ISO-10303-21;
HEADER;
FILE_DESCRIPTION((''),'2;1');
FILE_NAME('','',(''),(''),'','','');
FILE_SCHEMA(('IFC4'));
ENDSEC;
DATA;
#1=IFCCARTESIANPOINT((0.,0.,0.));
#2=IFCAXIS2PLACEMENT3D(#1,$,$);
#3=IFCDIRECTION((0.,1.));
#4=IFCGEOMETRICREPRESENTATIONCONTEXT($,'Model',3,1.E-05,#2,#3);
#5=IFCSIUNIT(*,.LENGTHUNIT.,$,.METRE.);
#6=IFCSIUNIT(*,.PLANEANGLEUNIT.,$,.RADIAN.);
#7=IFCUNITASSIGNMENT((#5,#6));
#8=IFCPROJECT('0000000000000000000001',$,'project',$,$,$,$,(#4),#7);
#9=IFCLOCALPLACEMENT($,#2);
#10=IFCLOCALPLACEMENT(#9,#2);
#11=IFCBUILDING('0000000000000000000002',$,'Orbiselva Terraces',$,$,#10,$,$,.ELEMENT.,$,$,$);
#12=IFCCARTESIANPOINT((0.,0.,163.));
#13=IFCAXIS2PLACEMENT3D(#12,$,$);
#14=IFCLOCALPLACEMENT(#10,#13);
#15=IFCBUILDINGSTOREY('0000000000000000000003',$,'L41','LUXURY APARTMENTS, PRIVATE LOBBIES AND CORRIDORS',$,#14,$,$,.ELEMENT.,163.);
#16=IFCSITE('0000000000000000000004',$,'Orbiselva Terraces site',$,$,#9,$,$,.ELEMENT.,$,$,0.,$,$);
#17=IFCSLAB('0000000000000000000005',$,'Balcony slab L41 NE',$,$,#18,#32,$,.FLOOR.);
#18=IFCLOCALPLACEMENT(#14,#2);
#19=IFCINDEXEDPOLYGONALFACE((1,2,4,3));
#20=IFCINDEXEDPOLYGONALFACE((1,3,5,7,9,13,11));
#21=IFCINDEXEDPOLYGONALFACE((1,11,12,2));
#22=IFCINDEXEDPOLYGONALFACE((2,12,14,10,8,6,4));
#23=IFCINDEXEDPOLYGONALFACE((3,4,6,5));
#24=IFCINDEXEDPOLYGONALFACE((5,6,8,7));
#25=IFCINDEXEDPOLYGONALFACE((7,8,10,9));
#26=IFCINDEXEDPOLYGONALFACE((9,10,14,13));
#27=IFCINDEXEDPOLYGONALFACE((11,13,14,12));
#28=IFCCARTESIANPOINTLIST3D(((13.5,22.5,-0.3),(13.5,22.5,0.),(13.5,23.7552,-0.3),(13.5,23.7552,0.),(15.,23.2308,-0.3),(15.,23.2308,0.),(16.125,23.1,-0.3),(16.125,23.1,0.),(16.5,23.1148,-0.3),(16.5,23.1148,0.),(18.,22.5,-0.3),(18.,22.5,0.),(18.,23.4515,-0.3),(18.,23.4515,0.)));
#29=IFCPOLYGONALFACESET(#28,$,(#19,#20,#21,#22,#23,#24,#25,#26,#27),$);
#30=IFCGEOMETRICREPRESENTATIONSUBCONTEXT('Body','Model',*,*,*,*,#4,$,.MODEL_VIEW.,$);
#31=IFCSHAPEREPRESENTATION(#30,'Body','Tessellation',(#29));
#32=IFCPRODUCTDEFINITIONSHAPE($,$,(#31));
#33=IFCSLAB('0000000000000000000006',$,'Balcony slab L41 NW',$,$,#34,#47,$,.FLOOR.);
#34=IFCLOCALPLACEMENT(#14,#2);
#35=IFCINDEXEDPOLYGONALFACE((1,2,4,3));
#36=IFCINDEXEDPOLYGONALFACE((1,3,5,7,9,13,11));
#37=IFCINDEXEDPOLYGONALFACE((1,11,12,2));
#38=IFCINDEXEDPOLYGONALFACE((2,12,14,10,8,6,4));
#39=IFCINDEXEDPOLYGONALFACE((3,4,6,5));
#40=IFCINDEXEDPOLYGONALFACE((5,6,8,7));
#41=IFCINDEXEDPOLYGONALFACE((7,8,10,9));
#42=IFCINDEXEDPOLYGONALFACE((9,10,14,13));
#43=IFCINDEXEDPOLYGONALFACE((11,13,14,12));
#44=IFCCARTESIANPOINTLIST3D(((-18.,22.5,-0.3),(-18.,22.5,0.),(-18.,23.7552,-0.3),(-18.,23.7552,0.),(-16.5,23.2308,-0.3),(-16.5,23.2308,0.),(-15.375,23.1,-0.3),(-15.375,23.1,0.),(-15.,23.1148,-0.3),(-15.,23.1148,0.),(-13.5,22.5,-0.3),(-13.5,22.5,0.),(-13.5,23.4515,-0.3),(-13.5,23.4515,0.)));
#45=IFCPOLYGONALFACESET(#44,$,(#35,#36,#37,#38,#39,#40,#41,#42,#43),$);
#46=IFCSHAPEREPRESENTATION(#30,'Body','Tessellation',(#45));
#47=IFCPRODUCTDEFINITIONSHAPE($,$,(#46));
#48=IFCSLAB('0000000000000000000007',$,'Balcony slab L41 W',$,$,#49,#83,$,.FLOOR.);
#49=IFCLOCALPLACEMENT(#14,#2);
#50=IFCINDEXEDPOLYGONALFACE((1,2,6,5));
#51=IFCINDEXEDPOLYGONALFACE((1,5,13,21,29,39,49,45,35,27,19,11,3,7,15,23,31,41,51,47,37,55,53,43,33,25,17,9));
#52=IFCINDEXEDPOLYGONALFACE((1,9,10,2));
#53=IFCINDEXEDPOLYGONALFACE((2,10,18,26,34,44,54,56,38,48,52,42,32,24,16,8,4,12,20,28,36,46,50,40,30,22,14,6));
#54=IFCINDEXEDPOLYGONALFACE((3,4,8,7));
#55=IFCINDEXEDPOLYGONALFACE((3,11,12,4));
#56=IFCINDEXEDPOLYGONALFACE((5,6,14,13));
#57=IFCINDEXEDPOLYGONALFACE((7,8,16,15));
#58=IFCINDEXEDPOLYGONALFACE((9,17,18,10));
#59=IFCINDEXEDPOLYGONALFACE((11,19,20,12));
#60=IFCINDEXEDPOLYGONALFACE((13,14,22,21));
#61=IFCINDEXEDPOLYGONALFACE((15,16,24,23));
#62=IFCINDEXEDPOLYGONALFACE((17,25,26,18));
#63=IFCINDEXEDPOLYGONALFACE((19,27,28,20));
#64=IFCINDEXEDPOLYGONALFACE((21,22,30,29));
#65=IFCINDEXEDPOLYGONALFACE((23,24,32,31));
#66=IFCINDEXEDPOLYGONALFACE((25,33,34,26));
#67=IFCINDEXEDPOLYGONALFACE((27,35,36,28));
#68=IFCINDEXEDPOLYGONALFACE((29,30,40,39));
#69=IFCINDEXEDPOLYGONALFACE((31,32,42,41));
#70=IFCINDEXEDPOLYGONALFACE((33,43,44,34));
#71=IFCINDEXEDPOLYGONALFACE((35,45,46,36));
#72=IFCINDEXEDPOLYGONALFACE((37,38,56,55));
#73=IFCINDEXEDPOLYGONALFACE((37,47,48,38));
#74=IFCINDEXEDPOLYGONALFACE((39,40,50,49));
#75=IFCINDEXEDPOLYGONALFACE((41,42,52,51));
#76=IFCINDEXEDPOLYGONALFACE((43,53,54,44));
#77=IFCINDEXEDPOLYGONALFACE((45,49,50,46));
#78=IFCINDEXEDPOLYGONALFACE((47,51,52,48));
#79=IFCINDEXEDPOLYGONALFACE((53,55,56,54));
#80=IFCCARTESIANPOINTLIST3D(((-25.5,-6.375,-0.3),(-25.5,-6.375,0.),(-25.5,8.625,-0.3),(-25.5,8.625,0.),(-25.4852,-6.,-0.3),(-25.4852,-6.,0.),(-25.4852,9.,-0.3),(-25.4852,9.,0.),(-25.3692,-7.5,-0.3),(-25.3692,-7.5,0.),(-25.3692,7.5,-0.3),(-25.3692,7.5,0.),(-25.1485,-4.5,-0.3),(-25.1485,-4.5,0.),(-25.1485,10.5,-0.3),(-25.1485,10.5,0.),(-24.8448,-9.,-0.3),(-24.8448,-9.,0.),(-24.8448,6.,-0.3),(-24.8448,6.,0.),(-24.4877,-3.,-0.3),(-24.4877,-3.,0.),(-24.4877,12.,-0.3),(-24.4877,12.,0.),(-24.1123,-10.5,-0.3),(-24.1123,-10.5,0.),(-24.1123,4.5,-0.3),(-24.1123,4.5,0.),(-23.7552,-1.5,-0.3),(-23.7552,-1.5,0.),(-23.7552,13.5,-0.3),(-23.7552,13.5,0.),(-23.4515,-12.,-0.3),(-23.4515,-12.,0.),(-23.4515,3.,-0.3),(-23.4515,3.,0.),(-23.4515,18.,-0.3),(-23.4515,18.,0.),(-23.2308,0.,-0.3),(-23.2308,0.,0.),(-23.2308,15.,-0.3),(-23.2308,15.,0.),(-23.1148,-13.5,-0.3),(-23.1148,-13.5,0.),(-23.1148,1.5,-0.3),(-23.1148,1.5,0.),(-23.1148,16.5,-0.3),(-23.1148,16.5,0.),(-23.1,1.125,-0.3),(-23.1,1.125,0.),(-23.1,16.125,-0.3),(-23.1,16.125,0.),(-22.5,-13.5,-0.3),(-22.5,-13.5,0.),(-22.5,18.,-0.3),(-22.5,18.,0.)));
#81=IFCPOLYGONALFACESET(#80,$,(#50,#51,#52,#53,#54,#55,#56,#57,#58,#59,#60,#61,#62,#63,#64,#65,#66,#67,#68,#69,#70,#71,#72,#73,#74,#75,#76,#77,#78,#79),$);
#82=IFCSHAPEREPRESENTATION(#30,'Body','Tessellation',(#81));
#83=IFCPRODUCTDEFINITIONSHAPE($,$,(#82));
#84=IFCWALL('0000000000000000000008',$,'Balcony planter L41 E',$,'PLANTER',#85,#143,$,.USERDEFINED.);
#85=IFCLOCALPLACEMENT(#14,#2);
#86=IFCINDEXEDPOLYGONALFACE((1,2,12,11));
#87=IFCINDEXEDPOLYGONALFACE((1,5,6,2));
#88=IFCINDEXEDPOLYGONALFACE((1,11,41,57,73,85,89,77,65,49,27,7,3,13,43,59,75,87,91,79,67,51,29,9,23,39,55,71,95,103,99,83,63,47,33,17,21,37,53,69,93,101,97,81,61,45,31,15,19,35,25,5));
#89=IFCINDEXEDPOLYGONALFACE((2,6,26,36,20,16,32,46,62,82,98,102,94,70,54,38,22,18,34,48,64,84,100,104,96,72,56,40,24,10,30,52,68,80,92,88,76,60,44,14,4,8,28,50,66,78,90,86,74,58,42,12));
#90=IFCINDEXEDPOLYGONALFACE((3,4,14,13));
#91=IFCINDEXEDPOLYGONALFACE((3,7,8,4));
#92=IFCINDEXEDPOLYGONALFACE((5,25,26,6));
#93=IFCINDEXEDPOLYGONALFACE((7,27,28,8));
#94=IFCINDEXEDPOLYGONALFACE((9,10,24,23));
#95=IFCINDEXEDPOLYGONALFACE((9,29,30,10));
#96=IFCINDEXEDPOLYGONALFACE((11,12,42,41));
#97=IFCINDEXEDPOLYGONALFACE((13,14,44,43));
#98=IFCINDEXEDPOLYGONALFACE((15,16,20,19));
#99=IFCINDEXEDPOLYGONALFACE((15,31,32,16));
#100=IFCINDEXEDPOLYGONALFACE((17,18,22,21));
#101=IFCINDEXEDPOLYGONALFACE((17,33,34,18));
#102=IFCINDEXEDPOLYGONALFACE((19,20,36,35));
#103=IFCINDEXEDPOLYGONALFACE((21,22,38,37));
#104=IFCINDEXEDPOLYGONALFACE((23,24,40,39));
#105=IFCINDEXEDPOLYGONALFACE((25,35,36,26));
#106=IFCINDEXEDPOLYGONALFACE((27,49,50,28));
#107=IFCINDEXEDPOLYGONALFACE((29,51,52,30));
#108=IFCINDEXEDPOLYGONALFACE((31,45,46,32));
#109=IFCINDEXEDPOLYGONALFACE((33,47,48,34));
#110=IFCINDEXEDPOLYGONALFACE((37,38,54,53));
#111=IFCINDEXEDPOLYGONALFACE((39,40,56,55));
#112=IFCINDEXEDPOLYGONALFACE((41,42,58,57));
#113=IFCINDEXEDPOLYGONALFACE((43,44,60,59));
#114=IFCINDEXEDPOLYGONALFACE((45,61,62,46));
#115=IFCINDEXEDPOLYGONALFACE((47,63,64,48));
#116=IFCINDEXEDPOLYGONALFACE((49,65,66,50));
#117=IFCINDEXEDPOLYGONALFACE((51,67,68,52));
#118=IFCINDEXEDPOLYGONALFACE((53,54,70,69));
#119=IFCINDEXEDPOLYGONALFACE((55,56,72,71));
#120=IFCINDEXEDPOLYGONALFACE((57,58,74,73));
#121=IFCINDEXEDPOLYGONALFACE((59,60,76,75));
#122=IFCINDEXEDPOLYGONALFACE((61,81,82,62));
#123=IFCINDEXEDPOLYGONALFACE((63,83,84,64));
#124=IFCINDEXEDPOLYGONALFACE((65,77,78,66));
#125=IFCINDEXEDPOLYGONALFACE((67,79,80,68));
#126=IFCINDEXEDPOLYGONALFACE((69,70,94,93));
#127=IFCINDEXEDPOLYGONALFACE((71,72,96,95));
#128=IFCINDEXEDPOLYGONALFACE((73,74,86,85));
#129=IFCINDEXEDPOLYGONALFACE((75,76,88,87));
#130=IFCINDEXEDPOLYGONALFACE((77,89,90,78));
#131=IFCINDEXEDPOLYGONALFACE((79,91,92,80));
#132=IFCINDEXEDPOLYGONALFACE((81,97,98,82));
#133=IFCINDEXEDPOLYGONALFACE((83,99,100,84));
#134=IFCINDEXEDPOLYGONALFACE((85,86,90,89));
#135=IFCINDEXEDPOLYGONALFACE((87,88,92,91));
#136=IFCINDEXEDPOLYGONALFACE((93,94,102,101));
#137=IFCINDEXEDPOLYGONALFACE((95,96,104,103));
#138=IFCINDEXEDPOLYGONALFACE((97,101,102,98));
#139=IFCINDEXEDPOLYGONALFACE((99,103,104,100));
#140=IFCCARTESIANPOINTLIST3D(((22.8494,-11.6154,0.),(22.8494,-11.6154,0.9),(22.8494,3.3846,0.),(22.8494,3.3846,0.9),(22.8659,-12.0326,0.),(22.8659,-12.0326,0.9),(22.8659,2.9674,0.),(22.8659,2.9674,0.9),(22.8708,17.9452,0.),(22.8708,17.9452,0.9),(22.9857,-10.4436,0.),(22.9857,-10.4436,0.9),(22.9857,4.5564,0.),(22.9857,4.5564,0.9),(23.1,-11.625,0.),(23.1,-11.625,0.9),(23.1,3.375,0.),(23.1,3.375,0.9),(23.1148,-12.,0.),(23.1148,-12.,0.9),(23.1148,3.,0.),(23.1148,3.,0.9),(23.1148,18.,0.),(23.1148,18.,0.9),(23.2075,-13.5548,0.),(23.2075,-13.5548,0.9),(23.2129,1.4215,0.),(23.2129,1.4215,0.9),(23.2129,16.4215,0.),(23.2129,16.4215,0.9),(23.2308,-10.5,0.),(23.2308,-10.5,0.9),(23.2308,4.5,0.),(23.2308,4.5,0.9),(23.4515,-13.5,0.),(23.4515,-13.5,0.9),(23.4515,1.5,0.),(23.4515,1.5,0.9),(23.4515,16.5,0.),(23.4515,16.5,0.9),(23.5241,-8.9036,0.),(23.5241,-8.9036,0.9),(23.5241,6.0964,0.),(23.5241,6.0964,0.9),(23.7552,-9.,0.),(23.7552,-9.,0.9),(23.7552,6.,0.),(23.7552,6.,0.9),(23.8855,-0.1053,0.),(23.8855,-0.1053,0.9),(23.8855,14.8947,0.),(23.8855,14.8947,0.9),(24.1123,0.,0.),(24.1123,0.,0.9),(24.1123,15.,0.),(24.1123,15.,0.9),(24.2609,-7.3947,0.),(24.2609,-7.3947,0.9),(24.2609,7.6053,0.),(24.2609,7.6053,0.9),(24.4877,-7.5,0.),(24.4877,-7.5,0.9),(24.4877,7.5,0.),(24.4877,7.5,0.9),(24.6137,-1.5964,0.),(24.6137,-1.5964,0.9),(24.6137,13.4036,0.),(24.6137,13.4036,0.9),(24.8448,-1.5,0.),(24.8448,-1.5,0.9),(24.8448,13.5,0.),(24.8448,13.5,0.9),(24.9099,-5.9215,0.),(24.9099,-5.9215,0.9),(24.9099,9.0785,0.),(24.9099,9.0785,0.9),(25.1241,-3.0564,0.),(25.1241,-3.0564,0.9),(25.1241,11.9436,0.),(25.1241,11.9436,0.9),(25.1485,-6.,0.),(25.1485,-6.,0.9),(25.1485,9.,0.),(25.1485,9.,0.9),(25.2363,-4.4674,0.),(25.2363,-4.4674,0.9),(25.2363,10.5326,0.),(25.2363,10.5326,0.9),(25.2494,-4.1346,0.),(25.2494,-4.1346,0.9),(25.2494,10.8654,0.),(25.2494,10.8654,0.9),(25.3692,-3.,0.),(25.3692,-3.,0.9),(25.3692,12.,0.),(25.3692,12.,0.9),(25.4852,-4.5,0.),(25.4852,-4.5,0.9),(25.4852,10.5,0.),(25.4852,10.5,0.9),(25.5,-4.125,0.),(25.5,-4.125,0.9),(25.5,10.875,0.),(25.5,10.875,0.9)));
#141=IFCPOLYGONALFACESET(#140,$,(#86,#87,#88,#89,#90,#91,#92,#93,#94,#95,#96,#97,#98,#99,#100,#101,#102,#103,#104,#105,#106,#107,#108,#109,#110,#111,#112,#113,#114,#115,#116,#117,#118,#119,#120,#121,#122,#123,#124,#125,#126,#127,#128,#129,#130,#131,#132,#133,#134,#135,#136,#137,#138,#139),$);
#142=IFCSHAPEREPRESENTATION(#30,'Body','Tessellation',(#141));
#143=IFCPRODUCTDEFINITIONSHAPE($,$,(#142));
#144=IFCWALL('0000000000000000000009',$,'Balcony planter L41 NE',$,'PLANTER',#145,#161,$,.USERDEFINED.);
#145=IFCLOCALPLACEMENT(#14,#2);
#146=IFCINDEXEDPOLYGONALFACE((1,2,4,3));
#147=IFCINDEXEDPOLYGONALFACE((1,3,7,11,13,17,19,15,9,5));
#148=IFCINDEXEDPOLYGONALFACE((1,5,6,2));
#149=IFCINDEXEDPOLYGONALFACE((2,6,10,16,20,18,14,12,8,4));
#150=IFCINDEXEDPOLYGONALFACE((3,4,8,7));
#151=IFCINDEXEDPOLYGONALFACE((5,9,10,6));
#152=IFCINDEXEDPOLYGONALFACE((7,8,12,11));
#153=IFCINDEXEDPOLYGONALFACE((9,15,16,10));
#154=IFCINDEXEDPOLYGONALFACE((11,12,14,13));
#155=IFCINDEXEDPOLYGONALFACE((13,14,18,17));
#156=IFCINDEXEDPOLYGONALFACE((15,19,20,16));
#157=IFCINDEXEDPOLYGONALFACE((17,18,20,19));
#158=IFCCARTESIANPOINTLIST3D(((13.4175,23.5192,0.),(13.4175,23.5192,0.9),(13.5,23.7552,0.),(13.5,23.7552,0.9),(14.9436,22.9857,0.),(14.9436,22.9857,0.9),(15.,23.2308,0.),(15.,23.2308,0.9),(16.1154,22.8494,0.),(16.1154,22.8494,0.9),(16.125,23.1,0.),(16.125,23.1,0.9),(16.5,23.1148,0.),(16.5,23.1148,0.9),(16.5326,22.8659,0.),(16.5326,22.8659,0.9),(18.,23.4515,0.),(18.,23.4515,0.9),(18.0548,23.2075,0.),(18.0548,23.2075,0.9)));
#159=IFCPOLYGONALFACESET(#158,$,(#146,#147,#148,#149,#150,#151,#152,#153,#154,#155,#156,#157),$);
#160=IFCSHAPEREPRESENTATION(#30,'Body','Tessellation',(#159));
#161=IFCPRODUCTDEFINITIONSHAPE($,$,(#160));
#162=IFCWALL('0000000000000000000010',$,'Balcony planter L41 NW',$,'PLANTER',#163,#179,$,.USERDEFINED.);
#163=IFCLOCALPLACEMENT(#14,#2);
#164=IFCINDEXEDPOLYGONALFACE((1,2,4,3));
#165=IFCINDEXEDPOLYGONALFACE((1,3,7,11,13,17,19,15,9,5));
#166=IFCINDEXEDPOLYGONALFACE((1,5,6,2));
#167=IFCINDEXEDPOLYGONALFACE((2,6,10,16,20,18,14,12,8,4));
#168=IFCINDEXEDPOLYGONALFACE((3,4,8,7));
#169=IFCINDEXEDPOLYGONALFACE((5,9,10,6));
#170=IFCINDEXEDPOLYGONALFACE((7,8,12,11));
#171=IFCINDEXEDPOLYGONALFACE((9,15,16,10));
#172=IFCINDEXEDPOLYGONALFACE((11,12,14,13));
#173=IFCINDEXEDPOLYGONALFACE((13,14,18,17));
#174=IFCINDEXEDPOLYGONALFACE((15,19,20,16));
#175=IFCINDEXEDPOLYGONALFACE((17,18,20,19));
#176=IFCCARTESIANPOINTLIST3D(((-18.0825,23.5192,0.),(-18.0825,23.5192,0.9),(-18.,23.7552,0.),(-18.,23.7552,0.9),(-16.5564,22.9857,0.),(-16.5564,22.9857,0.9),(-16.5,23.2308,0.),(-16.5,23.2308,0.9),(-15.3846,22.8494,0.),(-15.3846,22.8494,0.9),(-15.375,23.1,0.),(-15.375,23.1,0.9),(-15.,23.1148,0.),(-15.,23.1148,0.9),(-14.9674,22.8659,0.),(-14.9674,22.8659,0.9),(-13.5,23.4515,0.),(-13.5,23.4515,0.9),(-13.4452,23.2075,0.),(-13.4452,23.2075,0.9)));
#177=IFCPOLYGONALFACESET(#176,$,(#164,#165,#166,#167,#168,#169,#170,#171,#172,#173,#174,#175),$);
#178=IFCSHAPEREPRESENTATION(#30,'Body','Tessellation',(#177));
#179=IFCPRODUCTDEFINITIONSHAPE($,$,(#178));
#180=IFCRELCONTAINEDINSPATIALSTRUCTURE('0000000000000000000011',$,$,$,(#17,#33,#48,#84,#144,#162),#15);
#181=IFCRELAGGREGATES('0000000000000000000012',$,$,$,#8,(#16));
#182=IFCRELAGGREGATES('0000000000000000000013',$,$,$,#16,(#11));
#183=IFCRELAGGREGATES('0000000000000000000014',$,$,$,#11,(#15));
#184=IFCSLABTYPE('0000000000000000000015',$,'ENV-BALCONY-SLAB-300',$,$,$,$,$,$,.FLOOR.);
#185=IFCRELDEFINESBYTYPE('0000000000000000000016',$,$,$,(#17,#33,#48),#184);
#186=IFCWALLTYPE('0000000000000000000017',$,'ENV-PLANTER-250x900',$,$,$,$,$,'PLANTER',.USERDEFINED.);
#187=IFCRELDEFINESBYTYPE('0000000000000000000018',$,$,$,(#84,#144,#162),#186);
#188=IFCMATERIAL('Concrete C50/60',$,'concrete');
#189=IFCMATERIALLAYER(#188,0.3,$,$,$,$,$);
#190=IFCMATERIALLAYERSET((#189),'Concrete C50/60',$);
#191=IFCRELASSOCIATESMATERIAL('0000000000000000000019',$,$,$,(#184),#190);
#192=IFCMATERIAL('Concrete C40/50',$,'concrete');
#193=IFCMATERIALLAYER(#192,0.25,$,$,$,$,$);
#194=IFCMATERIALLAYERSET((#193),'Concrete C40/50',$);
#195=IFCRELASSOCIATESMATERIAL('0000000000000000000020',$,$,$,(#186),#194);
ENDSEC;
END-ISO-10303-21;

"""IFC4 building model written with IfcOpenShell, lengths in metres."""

from ifc_helpers import new_model, si_unit, direction, frame, origin, place, context, subcontext, project, spatial, polyline, outline, extrude, material, layer, layer_set, type_object, element, save


model = new_model("IFC4")

# Units and contexts
model_context = context("Model", 3, precision=1e-05, world=origin(), true_north=direction((0.0, 1.0)))
body_context = subcontext(model_context, "Body", "Model", "MODEL_VIEW")
ifc_project = project(units=[si_unit("LENGTHUNIT", "METRE"), si_unit("PLANEANGLEUNIT", "RADIAN")], contexts=[model_context])

# Site, building, storey
site_placement = place(None, origin())
site = spatial("IfcSite", under=ifc_project, at=site_placement, Name="Orbiselva Terraces site", CompositionType="ELEMENT", RefElevation=0.0)
building_placement = place(site_placement, origin())
building = spatial("IfcBuilding", under=site, at=building_placement, Name="Orbiselva Terraces", CompositionType="ELEMENT")
storey_placement = place(building_placement, frame((0.0, 0.0, 163.0)))
storey = spatial("IfcBuildingStorey", under=building, at=storey_placement, Name="L41", Description="LUXURY APARTMENTS, PRIVATE LOBBIES AND CORRIDORS", CompositionType="ELEMENT", Elevation=163.0)

# Shared definitions
ifc_material_1 = material(Name="Concrete C40/50", Category="concrete")

# Slabs
ifc_material_2 = material(Name="Concrete C50/60", Category="concrete")
ifc_layer_1 = layer(ifc_material_2, 0.3)
ifc_layer_set_1 = layer_set([ifc_layer_1], Name="Concrete C50/60")
slab_type_1 = type_object("IfcSlabType", Name="ENV-BALCONY-SLAB-300", PredefinedType="FLOOR", material=ifc_layer_set_1)
slab_1_placement = place(storey_placement, frame((0.0, 0.0, -0.3)))
element("IfcSlab", 1, at=slab_1_placement, inside=storey, type_object=slab_type_1, Name="Balcony slab L41 NE", PredefinedType="FLOOR", context=body_context, shape_type="SweptSolid", body=[
    extrude(outline(polyline([(18.0, 23.4515), (16.5, 23.1148), (16.125, 23.1), (15.0, 23.2308), (13.5, 23.7552), (13.5, 22.5), (18.0, 22.5), (18.0, 23.4515)])), origin(), (0.0, 0.0, 1.0), 0.3),
])
slab_2_placement = place(storey_placement, frame((0.0, 0.0, -0.3)))
element("IfcSlab", 2, at=slab_2_placement, inside=storey, type_object=slab_type_1, Name="Balcony slab L41 NW", PredefinedType="FLOOR", context=body_context, shape_type="SweptSolid", body=[
    extrude(outline(polyline([(-13.5, 23.4515), (-15.0, 23.1148), (-15.375, 23.1), (-16.5, 23.2308), (-18.0, 23.7552), (-18.0, 22.5), (-13.5, 22.5), (-13.5, 23.4515)])), origin(), (0.0, 0.0, 1.0), 0.3),
])
slab_3_placement = place(storey_placement, frame((0.0, 0.0, -0.3)))
element("IfcSlab", 3, at=slab_3_placement, inside=storey, type_object=slab_type_1, Name="Balcony slab L41 W", PredefinedType="FLOOR", context=body_context, shape_type="SweptSolid", body=[
    extrude(outline(polyline([(-23.4515, 18.0), (-23.1148, 16.5), (-23.1, 16.125), (-23.2308, 15.0), (-23.7552, 13.5), (-24.4877, 12.0), (-25.1485, 10.5), (-25.4852, 9.0), (-25.5, 8.625), (-25.3692, 7.5), (-24.8448, 6.0), (-24.1123, 4.5), (-23.4515, 3.0), (-23.1148, 1.5), (-23.1, 1.125), (-23.2308, 0.0), (-23.7552, -1.5), (-24.4877, -3.0), (-25.1485, -4.5), (-25.4852, -6.0), (-25.5, -6.375), (-25.3692, -7.5), (-24.8448, -9.0), (-24.1123, -10.5), (-23.4515, -12.0), (-23.1148, -13.5), (-22.5, -13.5), (-22.5, 18.0), (-23.4515, 18.0)])), origin(), (0.0, 0.0, 1.0), 0.3),
])

# Walls
ifc_layer_2 = layer(ifc_material_1, 0.25)
ifc_layer_set_2 = layer_set([ifc_layer_2], Name="Concrete C40/50")
wall_type = type_object("IfcWallType", Name="ENV-PLANTER-250x900", ElementType="PLANTER", PredefinedType="USERDEFINED", material=ifc_layer_set_2)
wall_1_placement = place(storey_placement, origin())
element("IfcWall", 4, at=wall_1_placement, inside=storey, type_object=wall_type, Name="Balcony planter L41 E", ObjectType="PLANTER", PredefinedType="USERDEFINED", context=body_context, shape_type="SweptSolid", body=[
    extrude(outline(polyline([(23.4515, -13.5), (23.1148, -12.0), (23.1, -11.625), (23.2308, -10.5), (23.7552, -9.0), (24.4877, -7.5), (25.1485, -6.0), (25.4852, -4.5), (25.5, -4.125), (25.3692, -3.0), (24.8448, -1.5), (24.1123, 0.0), (23.4515, 1.5), (23.1148, 3.0), (23.1, 3.375), (23.2308, 4.5), (23.7552, 6.0), (24.4877, 7.5), (25.1485, 9.0), (25.4852, 10.5), (25.5, 10.875), (25.3692, 12.0), (24.8448, 13.5), (24.1123, 15.0), (23.4515, 16.5), (23.1148, 18.0), (22.8708, 17.9452), (23.2129, 16.4215), (23.8855, 14.8947), (24.6137, 13.4036), (25.1241, 11.9436), (25.2494, 10.8654), (25.2363, 10.5326), (24.9099, 9.0785), (24.2609, 7.6053), (23.5241, 6.0964), (22.9857, 4.5564), (22.8494, 3.3846), (22.8659, 2.9674), (23.2129, 1.4215), (23.8855, -0.1053), (24.6137, -1.5964), (25.1241, -3.0564), (25.2494, -4.1346), (25.2363, -4.4674), (24.9099, -5.9215), (24.2609, -7.3947), (23.5241, -8.9036), (22.9857, -10.4436), (22.8494, -11.6154), (22.8659, -12.0326), (23.2075, -13.5548), (23.4515, -13.5)])), origin(), (0.0, 0.0, 1.0), 0.9),
])
wall_2_placement = place(storey_placement, origin())
element("IfcWall", 5, at=wall_2_placement, inside=storey, type_object=wall_type, Name="Balcony planter L41 NE", ObjectType="PLANTER", PredefinedType="USERDEFINED", context=body_context, shape_type="SweptSolid", body=[
    extrude(outline(polyline([(18.0, 23.4515), (16.5, 23.1148), (16.125, 23.1), (15.0, 23.2308), (13.5, 23.7552), (13.4175, 23.5192), (14.9436, 22.9857), (16.1154, 22.8494), (16.5326, 22.8659), (18.0548, 23.2075), (18.0, 23.4515)])), origin(), (0.0, 0.0, 1.0), 0.9),
])
wall_3_placement = place(storey_placement, origin())
element("IfcWall", 6, at=wall_3_placement, inside=storey, type_object=wall_type, Name="Balcony planter L41 NW", ObjectType="PLANTER", PredefinedType="USERDEFINED", context=body_context, shape_type="SweptSolid", body=[
    extrude(outline(polyline([(-13.5, 23.4515), (-15.0, 23.1148), (-15.375, 23.1), (-16.5, 23.2308), (-18.0, 23.7552), (-18.0825, 23.5192), (-16.5564, 22.9857), (-15.3846, 22.8494), (-14.9674, 22.8659), (-13.4452, 23.2075), (-13.5, 23.4515)])), origin(), (0.0, 0.0, 1.0), 0.9),
])

save(model, "model.ifc")
